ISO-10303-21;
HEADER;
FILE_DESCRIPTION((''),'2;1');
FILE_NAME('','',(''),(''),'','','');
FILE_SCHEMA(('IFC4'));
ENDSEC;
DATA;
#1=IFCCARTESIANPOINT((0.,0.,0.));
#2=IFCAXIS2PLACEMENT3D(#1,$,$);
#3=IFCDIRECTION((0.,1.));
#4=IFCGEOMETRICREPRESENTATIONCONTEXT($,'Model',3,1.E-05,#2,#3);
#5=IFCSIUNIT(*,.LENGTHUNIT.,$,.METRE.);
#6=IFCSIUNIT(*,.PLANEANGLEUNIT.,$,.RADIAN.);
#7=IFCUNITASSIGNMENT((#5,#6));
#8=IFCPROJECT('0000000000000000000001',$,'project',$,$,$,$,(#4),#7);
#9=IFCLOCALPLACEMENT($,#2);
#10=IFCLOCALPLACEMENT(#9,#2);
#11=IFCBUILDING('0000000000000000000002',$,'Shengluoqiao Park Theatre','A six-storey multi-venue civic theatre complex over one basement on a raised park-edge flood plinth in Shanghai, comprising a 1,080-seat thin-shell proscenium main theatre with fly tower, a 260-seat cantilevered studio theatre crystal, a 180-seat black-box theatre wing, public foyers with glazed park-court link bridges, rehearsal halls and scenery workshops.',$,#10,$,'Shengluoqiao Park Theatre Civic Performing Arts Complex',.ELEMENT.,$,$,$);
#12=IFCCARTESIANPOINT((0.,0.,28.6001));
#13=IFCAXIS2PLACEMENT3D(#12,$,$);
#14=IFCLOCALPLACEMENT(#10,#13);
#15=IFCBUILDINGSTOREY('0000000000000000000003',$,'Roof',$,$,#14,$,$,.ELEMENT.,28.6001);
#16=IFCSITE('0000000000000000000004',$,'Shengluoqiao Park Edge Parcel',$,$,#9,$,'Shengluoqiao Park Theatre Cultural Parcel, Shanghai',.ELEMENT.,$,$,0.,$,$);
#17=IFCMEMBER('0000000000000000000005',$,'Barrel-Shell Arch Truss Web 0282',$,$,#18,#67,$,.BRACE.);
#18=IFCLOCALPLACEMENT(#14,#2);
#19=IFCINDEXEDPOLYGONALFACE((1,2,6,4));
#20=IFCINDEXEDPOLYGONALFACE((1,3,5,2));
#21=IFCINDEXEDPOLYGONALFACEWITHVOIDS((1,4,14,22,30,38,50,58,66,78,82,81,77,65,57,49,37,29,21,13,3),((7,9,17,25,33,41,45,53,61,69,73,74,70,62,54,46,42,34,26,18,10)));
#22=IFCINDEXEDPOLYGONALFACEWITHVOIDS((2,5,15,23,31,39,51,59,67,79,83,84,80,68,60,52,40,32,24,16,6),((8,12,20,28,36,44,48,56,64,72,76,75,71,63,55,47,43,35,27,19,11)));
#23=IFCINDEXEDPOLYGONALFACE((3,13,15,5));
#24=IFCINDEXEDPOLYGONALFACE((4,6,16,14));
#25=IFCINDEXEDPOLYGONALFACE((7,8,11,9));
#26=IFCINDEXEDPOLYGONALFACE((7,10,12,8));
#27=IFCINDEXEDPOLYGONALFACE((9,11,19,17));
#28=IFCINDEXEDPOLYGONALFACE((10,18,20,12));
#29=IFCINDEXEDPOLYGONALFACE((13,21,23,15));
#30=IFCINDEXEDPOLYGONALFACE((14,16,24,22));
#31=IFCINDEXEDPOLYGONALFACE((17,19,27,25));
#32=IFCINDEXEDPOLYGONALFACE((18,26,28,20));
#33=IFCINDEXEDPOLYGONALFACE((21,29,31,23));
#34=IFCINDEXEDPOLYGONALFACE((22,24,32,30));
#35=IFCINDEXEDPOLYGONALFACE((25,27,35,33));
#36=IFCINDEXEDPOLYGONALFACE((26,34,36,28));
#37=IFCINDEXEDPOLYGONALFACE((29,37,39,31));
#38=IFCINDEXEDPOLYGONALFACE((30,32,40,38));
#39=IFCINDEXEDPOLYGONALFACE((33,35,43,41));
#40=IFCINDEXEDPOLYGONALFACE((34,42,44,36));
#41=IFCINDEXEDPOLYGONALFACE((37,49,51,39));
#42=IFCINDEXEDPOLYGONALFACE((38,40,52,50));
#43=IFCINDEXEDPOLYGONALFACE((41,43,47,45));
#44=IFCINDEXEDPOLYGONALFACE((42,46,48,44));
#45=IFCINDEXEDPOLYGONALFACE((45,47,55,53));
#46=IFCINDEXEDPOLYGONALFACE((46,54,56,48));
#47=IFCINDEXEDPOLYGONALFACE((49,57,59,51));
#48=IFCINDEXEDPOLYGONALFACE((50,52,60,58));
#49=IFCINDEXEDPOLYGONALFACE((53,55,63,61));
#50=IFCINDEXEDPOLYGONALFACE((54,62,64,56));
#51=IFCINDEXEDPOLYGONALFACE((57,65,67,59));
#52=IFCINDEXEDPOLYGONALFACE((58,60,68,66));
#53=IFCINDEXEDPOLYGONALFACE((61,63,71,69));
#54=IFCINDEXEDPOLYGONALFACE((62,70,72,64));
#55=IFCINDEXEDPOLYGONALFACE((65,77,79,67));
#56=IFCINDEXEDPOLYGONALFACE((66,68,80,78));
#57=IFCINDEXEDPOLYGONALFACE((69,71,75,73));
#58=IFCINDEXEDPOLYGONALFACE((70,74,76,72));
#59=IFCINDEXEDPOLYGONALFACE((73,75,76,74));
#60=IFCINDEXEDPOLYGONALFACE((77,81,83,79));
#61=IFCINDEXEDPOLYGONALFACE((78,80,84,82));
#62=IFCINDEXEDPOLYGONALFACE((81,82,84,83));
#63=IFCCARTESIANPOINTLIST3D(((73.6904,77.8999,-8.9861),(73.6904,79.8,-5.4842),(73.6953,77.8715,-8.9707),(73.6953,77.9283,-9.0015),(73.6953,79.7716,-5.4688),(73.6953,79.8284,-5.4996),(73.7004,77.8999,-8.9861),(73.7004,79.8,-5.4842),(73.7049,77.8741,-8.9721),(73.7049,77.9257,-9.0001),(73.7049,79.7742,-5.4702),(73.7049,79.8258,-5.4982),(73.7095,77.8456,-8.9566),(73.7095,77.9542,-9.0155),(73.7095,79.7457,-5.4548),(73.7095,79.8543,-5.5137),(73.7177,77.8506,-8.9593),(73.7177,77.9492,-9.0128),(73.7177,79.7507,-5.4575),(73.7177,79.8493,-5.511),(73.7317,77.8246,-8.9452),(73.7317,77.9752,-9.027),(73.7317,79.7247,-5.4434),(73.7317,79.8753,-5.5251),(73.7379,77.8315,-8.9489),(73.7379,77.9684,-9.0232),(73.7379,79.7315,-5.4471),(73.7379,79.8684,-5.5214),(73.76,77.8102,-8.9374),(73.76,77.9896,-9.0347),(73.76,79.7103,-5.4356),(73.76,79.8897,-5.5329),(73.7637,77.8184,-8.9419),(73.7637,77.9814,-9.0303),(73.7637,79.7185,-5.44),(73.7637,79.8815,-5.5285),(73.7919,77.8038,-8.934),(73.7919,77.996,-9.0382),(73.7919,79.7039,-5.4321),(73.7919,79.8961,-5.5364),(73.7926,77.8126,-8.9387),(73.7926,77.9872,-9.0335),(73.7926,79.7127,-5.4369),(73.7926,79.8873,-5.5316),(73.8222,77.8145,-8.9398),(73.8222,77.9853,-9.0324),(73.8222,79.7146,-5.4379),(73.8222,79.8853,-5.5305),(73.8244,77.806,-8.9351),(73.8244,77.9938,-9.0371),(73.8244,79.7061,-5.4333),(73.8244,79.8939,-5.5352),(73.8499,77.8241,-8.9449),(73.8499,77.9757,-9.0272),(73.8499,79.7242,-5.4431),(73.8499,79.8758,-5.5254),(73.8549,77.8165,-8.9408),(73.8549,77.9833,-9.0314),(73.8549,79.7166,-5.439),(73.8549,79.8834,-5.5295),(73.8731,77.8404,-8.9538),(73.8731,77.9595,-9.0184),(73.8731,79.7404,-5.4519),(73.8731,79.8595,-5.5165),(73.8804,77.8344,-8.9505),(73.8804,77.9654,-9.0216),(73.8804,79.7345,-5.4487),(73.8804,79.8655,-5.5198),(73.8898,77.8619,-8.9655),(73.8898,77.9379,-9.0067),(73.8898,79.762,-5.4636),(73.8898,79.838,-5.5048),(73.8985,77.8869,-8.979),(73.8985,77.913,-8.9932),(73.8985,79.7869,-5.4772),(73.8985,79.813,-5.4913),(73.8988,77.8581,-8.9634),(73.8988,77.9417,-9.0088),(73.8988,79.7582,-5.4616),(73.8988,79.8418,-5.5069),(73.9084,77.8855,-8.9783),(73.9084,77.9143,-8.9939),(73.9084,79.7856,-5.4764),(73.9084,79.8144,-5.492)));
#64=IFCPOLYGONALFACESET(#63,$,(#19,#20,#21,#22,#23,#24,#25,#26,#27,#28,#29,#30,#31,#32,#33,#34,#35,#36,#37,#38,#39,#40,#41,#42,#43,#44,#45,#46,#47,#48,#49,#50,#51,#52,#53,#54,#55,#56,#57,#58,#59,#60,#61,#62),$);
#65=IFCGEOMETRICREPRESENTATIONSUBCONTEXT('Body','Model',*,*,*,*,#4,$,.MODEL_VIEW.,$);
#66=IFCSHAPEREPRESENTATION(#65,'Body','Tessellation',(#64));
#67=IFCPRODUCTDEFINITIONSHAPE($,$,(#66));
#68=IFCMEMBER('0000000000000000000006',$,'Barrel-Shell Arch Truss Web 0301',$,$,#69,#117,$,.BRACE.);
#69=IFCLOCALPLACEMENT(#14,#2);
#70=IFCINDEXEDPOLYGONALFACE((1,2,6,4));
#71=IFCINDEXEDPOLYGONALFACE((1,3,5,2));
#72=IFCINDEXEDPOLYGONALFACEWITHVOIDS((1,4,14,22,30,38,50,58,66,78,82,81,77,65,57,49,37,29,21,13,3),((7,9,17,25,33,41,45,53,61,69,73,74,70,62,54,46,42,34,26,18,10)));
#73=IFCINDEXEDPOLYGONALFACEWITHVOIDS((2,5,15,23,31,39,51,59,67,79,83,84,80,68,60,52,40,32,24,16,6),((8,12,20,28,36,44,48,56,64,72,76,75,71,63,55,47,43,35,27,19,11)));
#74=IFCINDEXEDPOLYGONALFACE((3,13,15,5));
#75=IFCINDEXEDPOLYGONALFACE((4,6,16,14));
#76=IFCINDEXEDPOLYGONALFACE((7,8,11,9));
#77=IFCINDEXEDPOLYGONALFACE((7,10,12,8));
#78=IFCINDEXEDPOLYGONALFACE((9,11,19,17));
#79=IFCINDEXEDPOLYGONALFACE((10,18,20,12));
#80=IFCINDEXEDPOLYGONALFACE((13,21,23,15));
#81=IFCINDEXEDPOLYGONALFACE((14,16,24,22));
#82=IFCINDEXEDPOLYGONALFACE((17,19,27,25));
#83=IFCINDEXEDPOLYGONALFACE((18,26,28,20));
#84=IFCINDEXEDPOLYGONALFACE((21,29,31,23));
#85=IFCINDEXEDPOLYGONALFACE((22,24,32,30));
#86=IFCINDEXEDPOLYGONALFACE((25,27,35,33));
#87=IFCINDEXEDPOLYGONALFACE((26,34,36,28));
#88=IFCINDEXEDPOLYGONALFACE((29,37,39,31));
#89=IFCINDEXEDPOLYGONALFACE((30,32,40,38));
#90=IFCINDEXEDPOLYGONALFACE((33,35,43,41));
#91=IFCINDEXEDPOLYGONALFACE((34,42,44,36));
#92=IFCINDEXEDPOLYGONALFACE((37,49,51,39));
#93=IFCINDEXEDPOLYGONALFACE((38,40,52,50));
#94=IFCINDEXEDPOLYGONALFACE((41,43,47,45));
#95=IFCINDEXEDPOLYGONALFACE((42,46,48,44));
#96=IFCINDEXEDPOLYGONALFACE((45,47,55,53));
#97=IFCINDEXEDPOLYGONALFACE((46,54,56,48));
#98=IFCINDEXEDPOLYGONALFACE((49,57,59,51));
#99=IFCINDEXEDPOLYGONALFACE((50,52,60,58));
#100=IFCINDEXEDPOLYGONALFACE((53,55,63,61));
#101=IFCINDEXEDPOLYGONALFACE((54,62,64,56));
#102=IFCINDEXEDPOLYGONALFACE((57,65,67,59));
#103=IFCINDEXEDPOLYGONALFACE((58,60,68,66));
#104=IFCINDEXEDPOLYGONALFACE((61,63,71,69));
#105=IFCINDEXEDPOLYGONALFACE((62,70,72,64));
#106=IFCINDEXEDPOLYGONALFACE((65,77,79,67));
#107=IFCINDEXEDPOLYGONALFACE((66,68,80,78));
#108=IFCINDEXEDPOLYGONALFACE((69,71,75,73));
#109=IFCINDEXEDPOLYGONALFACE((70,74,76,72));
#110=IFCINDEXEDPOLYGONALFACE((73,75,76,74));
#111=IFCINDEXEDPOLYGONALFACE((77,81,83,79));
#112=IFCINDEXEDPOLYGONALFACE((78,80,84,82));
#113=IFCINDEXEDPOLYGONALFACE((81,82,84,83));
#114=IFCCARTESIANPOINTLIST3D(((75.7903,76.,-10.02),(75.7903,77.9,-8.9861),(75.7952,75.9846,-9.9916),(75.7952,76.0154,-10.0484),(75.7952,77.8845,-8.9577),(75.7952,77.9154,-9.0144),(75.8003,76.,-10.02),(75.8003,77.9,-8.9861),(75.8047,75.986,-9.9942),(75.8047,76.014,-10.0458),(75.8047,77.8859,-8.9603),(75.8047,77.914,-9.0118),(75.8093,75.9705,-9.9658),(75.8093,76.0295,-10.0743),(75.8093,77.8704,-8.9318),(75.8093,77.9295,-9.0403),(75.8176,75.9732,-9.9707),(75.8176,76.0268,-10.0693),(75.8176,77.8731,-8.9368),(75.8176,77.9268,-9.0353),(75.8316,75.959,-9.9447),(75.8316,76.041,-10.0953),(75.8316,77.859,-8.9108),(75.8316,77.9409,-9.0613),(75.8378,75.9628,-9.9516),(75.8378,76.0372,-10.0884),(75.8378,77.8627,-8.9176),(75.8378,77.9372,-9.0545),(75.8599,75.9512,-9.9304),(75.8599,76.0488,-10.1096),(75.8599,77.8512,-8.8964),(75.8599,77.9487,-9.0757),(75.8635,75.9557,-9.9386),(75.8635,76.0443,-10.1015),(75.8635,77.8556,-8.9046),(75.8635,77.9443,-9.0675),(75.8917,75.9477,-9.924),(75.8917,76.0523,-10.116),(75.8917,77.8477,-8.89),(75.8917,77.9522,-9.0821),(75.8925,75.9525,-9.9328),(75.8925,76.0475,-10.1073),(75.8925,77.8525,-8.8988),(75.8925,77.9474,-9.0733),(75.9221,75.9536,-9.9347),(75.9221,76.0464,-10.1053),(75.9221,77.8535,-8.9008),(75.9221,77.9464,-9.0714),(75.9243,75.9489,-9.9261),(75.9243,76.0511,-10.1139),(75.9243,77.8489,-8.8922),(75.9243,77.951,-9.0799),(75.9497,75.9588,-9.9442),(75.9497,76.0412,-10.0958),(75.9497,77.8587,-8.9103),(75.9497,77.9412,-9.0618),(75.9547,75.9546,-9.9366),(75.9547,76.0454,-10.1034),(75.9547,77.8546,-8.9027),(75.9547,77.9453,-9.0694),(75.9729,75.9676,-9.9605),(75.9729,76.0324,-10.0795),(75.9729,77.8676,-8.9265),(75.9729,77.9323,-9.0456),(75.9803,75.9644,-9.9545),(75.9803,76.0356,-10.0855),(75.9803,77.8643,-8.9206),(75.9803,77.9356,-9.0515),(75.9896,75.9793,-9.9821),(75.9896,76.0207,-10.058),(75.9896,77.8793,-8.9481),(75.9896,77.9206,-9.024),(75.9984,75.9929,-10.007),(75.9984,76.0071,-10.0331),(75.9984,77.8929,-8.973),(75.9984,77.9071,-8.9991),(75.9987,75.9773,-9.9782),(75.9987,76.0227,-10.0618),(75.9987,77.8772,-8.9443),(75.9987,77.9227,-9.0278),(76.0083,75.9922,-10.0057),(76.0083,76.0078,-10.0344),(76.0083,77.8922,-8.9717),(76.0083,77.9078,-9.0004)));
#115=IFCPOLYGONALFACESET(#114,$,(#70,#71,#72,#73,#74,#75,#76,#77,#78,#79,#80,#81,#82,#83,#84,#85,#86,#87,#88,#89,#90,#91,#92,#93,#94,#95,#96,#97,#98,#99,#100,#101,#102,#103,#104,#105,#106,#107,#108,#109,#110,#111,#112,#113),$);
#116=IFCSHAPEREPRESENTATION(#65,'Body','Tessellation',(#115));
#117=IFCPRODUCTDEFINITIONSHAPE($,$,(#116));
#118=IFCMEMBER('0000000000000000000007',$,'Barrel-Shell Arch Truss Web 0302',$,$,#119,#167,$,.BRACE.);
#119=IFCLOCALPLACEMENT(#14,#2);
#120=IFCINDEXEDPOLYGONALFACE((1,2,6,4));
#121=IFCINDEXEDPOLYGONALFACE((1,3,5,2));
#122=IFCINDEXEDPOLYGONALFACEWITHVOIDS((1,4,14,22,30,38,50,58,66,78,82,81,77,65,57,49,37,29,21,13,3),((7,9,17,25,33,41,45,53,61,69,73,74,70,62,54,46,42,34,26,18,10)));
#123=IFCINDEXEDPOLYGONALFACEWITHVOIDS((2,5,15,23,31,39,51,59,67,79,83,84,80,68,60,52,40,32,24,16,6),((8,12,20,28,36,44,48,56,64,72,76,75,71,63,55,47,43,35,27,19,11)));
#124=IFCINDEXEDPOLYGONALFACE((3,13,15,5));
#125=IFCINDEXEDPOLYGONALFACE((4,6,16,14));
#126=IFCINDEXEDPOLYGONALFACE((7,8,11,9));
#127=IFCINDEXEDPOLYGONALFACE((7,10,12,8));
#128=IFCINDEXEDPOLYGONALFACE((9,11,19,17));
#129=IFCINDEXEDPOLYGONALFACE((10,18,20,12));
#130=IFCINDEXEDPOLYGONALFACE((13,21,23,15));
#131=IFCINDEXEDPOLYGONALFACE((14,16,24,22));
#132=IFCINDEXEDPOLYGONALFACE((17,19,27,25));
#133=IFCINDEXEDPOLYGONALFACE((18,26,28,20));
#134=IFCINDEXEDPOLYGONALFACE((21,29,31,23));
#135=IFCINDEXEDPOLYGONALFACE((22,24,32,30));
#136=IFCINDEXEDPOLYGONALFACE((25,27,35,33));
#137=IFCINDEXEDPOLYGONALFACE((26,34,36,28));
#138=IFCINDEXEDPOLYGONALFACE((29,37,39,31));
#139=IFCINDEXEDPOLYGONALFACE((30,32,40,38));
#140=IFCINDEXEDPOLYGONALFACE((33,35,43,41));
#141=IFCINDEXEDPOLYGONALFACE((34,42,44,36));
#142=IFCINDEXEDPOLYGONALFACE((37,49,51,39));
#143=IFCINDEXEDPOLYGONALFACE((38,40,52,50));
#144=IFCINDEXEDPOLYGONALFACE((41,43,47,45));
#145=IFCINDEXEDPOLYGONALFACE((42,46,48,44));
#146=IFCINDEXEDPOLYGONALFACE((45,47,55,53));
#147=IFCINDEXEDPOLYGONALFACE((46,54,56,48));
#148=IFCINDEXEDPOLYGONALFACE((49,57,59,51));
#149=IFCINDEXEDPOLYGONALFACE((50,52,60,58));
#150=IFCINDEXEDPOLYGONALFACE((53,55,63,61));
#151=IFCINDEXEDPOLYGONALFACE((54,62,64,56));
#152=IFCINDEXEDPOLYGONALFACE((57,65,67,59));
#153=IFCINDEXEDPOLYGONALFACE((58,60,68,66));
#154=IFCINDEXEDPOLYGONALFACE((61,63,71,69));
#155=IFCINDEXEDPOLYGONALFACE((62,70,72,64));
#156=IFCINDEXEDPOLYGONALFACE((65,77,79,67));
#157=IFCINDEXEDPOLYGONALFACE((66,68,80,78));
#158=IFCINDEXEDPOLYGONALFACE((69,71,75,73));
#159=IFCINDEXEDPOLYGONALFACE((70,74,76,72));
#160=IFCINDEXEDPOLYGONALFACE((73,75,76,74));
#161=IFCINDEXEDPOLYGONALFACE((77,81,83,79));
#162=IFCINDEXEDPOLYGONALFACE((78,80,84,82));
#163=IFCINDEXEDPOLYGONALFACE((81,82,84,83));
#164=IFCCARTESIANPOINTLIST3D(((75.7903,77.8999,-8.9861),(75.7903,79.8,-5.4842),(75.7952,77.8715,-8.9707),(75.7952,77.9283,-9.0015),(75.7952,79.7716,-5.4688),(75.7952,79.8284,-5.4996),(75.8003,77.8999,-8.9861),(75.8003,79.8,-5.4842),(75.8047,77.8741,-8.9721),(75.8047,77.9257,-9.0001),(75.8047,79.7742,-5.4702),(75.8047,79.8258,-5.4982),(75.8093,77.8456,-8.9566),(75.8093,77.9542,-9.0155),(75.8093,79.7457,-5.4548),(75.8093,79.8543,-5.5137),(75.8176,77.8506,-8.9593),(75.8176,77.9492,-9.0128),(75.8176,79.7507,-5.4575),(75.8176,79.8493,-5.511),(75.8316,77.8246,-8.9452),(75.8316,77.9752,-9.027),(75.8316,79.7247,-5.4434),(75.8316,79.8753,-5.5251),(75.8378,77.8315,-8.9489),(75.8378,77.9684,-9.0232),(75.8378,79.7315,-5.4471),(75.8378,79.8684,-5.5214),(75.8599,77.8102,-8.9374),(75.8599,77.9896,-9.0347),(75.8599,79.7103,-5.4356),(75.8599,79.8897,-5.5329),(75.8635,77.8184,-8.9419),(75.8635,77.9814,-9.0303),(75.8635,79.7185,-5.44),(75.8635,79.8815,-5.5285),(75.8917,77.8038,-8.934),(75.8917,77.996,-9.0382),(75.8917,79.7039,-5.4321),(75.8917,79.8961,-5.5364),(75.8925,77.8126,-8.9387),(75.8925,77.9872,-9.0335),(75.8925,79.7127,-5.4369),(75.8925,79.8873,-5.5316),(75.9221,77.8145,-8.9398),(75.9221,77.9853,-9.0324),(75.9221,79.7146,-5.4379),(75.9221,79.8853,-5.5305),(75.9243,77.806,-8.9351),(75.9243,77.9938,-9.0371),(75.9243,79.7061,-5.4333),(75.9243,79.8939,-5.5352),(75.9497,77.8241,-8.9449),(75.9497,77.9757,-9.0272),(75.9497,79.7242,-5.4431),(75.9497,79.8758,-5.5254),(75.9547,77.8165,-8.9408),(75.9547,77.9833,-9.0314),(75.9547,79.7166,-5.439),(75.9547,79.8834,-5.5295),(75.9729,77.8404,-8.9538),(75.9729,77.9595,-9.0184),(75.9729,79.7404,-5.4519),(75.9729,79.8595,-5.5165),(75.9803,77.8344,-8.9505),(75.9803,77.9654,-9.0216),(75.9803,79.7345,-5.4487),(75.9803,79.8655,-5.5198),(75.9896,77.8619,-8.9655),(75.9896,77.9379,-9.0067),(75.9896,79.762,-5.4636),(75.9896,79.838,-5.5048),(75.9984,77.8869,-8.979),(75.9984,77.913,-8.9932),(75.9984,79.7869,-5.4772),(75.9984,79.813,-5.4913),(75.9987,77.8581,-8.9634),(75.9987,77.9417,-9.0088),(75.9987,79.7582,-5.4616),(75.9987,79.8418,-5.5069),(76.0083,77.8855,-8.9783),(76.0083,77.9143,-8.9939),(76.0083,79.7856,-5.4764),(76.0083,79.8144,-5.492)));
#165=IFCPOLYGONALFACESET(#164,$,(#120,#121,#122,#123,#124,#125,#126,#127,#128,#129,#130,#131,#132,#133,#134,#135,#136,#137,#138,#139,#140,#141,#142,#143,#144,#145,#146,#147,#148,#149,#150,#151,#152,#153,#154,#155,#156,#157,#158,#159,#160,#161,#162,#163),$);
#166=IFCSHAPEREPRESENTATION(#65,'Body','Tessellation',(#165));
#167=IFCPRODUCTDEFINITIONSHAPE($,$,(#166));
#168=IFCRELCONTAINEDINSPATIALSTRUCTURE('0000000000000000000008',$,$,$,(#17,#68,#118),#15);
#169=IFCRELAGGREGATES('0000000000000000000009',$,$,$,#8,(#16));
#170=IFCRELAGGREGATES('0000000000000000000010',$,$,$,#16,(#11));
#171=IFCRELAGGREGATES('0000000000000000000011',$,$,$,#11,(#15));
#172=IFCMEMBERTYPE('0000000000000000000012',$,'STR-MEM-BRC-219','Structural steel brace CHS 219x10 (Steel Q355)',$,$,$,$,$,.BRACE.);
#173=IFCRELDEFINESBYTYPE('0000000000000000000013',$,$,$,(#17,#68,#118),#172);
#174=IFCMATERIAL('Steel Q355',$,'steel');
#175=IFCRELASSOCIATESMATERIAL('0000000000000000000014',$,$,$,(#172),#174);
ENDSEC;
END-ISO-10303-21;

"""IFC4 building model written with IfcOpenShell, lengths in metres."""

from ifc_helpers import new_model, si_unit, direction, frame, origin, origin_2d, place, context, subcontext, project, spatial, hollow_circle, extrude, material, material_profile, profile_set, type_object, element, save


model = new_model("IFC4")

# Units and contexts
model_context = context("Model", 3, precision=1e-05, world=origin(), true_north=direction((0.0, 1.0)))
body_context = subcontext(model_context, "Body", "Model", "MODEL_VIEW")
ifc_project = project(units=[si_unit("LENGTHUNIT", "METRE"), si_unit("PLANEANGLEUNIT", "RADIAN")], contexts=[model_context])

# Site, building, storey
site_placement = place(None, origin())
site = spatial("IfcSite", under=ifc_project, at=site_placement, Name="Shengluoqiao Park Edge Parcel", LongName="Shengluoqiao Park Theatre Cultural Parcel, Shanghai", CompositionType="ELEMENT", RefElevation=0.0)
building_placement = place(site_placement, origin())
building = spatial("IfcBuilding", under=site, at=building_placement, Name="Shengluoqiao Park Theatre", Description="A six-storey multi-venue civic theatre complex over one basement on a raised park-edge flood plinth in Shanghai, comprising a 1,080-seat thin-shell proscenium main theatre with fly tower, a 260-seat cantilevered studio theatre crystal, a 180-seat black-box theatre wing, public foyers with glazed park-court link bridges, rehearsal halls and scenery workshops.", LongName="Shengluoqiao Park Theatre Civic Performing Arts Complex", CompositionType="ELEMENT")
storey_placement = place(building_placement, frame((0.0, 0.0, 28.6001)))
storey = spatial("IfcBuildingStorey", under=building, at=storey_placement, Name="Roof", CompositionType="ELEMENT", Elevation=28.6001)

# Shared definitions
ifc_material_1 = material(Name="Steel Q355", Category="steel")

# Members
ifc_material_profile_1 = material_profile(ifc_material_1, hollow_circle(Radius=0.1096, WallThickness=0.01, at=origin_2d()), Name="CHS 219x10")
ifc_profile_set_1 = profile_set([ifc_material_profile_1], Name="Steel Q355")
member_type = type_object("IfcMemberType", Name="STR-MEM-BRC-219", Description="Structural steel brace CHS 219x10 (Steel Q355)", PredefinedType="BRACE", material=ifc_profile_set_1)
member_1_placement = place(storey_placement, frame((73.8, 77.8999, -8.9861), z_axis=(0.0, 0.476915, 0.87895), x_axis=(-1.0, 0.0, 0.0)))
element("IfcMember", 1, at=member_1_placement, inside=storey, type_object=member_type, Name="Barrel-Shell Arch Truss Web 0282", PredefinedType="BRACE", context=body_context, shape_type="SweptSolid", body=[
    extrude(hollow_circle(Radius=0.1096, WallThickness=0.01, at=origin_2d()), origin(), (0.0, 0.0, 1.0), 3.9841),
])
member_2_placement = place(storey_placement, frame((75.8999, 76.0, -10.02), z_axis=(0.0, 0.878357, 0.478006), x_axis=(-1.0, 0.0, 0.0)))
element("IfcMember", 2, at=member_2_placement, inside=storey, type_object=member_type, Name="Barrel-Shell Arch Truss Web 0301", PredefinedType="BRACE", context=body_context, shape_type="SweptSolid", body=[
    extrude(hollow_circle(Radius=0.1096, WallThickness=0.01, at=origin_2d()), origin(), (0.0, 0.0, 1.0), 2.1631),
])
member_3_placement = place(storey_placement, frame((75.8999, 77.8999, -8.9861), z_axis=(0.0, 0.476915, 0.87895), x_axis=(-1.0, 0.0, 0.0)))
element("IfcMember", 3, at=member_3_placement, inside=storey, type_object=member_type, Name="Barrel-Shell Arch Truss Web 0302", PredefinedType="BRACE", context=body_context, shape_type="SweptSolid", body=[
    extrude(hollow_circle(Radius=0.1096, WallThickness=0.01, at=origin_2d()), origin(), (0.0, 0.0, 1.0), 3.9841),
])

save(model, "model.ifc")
